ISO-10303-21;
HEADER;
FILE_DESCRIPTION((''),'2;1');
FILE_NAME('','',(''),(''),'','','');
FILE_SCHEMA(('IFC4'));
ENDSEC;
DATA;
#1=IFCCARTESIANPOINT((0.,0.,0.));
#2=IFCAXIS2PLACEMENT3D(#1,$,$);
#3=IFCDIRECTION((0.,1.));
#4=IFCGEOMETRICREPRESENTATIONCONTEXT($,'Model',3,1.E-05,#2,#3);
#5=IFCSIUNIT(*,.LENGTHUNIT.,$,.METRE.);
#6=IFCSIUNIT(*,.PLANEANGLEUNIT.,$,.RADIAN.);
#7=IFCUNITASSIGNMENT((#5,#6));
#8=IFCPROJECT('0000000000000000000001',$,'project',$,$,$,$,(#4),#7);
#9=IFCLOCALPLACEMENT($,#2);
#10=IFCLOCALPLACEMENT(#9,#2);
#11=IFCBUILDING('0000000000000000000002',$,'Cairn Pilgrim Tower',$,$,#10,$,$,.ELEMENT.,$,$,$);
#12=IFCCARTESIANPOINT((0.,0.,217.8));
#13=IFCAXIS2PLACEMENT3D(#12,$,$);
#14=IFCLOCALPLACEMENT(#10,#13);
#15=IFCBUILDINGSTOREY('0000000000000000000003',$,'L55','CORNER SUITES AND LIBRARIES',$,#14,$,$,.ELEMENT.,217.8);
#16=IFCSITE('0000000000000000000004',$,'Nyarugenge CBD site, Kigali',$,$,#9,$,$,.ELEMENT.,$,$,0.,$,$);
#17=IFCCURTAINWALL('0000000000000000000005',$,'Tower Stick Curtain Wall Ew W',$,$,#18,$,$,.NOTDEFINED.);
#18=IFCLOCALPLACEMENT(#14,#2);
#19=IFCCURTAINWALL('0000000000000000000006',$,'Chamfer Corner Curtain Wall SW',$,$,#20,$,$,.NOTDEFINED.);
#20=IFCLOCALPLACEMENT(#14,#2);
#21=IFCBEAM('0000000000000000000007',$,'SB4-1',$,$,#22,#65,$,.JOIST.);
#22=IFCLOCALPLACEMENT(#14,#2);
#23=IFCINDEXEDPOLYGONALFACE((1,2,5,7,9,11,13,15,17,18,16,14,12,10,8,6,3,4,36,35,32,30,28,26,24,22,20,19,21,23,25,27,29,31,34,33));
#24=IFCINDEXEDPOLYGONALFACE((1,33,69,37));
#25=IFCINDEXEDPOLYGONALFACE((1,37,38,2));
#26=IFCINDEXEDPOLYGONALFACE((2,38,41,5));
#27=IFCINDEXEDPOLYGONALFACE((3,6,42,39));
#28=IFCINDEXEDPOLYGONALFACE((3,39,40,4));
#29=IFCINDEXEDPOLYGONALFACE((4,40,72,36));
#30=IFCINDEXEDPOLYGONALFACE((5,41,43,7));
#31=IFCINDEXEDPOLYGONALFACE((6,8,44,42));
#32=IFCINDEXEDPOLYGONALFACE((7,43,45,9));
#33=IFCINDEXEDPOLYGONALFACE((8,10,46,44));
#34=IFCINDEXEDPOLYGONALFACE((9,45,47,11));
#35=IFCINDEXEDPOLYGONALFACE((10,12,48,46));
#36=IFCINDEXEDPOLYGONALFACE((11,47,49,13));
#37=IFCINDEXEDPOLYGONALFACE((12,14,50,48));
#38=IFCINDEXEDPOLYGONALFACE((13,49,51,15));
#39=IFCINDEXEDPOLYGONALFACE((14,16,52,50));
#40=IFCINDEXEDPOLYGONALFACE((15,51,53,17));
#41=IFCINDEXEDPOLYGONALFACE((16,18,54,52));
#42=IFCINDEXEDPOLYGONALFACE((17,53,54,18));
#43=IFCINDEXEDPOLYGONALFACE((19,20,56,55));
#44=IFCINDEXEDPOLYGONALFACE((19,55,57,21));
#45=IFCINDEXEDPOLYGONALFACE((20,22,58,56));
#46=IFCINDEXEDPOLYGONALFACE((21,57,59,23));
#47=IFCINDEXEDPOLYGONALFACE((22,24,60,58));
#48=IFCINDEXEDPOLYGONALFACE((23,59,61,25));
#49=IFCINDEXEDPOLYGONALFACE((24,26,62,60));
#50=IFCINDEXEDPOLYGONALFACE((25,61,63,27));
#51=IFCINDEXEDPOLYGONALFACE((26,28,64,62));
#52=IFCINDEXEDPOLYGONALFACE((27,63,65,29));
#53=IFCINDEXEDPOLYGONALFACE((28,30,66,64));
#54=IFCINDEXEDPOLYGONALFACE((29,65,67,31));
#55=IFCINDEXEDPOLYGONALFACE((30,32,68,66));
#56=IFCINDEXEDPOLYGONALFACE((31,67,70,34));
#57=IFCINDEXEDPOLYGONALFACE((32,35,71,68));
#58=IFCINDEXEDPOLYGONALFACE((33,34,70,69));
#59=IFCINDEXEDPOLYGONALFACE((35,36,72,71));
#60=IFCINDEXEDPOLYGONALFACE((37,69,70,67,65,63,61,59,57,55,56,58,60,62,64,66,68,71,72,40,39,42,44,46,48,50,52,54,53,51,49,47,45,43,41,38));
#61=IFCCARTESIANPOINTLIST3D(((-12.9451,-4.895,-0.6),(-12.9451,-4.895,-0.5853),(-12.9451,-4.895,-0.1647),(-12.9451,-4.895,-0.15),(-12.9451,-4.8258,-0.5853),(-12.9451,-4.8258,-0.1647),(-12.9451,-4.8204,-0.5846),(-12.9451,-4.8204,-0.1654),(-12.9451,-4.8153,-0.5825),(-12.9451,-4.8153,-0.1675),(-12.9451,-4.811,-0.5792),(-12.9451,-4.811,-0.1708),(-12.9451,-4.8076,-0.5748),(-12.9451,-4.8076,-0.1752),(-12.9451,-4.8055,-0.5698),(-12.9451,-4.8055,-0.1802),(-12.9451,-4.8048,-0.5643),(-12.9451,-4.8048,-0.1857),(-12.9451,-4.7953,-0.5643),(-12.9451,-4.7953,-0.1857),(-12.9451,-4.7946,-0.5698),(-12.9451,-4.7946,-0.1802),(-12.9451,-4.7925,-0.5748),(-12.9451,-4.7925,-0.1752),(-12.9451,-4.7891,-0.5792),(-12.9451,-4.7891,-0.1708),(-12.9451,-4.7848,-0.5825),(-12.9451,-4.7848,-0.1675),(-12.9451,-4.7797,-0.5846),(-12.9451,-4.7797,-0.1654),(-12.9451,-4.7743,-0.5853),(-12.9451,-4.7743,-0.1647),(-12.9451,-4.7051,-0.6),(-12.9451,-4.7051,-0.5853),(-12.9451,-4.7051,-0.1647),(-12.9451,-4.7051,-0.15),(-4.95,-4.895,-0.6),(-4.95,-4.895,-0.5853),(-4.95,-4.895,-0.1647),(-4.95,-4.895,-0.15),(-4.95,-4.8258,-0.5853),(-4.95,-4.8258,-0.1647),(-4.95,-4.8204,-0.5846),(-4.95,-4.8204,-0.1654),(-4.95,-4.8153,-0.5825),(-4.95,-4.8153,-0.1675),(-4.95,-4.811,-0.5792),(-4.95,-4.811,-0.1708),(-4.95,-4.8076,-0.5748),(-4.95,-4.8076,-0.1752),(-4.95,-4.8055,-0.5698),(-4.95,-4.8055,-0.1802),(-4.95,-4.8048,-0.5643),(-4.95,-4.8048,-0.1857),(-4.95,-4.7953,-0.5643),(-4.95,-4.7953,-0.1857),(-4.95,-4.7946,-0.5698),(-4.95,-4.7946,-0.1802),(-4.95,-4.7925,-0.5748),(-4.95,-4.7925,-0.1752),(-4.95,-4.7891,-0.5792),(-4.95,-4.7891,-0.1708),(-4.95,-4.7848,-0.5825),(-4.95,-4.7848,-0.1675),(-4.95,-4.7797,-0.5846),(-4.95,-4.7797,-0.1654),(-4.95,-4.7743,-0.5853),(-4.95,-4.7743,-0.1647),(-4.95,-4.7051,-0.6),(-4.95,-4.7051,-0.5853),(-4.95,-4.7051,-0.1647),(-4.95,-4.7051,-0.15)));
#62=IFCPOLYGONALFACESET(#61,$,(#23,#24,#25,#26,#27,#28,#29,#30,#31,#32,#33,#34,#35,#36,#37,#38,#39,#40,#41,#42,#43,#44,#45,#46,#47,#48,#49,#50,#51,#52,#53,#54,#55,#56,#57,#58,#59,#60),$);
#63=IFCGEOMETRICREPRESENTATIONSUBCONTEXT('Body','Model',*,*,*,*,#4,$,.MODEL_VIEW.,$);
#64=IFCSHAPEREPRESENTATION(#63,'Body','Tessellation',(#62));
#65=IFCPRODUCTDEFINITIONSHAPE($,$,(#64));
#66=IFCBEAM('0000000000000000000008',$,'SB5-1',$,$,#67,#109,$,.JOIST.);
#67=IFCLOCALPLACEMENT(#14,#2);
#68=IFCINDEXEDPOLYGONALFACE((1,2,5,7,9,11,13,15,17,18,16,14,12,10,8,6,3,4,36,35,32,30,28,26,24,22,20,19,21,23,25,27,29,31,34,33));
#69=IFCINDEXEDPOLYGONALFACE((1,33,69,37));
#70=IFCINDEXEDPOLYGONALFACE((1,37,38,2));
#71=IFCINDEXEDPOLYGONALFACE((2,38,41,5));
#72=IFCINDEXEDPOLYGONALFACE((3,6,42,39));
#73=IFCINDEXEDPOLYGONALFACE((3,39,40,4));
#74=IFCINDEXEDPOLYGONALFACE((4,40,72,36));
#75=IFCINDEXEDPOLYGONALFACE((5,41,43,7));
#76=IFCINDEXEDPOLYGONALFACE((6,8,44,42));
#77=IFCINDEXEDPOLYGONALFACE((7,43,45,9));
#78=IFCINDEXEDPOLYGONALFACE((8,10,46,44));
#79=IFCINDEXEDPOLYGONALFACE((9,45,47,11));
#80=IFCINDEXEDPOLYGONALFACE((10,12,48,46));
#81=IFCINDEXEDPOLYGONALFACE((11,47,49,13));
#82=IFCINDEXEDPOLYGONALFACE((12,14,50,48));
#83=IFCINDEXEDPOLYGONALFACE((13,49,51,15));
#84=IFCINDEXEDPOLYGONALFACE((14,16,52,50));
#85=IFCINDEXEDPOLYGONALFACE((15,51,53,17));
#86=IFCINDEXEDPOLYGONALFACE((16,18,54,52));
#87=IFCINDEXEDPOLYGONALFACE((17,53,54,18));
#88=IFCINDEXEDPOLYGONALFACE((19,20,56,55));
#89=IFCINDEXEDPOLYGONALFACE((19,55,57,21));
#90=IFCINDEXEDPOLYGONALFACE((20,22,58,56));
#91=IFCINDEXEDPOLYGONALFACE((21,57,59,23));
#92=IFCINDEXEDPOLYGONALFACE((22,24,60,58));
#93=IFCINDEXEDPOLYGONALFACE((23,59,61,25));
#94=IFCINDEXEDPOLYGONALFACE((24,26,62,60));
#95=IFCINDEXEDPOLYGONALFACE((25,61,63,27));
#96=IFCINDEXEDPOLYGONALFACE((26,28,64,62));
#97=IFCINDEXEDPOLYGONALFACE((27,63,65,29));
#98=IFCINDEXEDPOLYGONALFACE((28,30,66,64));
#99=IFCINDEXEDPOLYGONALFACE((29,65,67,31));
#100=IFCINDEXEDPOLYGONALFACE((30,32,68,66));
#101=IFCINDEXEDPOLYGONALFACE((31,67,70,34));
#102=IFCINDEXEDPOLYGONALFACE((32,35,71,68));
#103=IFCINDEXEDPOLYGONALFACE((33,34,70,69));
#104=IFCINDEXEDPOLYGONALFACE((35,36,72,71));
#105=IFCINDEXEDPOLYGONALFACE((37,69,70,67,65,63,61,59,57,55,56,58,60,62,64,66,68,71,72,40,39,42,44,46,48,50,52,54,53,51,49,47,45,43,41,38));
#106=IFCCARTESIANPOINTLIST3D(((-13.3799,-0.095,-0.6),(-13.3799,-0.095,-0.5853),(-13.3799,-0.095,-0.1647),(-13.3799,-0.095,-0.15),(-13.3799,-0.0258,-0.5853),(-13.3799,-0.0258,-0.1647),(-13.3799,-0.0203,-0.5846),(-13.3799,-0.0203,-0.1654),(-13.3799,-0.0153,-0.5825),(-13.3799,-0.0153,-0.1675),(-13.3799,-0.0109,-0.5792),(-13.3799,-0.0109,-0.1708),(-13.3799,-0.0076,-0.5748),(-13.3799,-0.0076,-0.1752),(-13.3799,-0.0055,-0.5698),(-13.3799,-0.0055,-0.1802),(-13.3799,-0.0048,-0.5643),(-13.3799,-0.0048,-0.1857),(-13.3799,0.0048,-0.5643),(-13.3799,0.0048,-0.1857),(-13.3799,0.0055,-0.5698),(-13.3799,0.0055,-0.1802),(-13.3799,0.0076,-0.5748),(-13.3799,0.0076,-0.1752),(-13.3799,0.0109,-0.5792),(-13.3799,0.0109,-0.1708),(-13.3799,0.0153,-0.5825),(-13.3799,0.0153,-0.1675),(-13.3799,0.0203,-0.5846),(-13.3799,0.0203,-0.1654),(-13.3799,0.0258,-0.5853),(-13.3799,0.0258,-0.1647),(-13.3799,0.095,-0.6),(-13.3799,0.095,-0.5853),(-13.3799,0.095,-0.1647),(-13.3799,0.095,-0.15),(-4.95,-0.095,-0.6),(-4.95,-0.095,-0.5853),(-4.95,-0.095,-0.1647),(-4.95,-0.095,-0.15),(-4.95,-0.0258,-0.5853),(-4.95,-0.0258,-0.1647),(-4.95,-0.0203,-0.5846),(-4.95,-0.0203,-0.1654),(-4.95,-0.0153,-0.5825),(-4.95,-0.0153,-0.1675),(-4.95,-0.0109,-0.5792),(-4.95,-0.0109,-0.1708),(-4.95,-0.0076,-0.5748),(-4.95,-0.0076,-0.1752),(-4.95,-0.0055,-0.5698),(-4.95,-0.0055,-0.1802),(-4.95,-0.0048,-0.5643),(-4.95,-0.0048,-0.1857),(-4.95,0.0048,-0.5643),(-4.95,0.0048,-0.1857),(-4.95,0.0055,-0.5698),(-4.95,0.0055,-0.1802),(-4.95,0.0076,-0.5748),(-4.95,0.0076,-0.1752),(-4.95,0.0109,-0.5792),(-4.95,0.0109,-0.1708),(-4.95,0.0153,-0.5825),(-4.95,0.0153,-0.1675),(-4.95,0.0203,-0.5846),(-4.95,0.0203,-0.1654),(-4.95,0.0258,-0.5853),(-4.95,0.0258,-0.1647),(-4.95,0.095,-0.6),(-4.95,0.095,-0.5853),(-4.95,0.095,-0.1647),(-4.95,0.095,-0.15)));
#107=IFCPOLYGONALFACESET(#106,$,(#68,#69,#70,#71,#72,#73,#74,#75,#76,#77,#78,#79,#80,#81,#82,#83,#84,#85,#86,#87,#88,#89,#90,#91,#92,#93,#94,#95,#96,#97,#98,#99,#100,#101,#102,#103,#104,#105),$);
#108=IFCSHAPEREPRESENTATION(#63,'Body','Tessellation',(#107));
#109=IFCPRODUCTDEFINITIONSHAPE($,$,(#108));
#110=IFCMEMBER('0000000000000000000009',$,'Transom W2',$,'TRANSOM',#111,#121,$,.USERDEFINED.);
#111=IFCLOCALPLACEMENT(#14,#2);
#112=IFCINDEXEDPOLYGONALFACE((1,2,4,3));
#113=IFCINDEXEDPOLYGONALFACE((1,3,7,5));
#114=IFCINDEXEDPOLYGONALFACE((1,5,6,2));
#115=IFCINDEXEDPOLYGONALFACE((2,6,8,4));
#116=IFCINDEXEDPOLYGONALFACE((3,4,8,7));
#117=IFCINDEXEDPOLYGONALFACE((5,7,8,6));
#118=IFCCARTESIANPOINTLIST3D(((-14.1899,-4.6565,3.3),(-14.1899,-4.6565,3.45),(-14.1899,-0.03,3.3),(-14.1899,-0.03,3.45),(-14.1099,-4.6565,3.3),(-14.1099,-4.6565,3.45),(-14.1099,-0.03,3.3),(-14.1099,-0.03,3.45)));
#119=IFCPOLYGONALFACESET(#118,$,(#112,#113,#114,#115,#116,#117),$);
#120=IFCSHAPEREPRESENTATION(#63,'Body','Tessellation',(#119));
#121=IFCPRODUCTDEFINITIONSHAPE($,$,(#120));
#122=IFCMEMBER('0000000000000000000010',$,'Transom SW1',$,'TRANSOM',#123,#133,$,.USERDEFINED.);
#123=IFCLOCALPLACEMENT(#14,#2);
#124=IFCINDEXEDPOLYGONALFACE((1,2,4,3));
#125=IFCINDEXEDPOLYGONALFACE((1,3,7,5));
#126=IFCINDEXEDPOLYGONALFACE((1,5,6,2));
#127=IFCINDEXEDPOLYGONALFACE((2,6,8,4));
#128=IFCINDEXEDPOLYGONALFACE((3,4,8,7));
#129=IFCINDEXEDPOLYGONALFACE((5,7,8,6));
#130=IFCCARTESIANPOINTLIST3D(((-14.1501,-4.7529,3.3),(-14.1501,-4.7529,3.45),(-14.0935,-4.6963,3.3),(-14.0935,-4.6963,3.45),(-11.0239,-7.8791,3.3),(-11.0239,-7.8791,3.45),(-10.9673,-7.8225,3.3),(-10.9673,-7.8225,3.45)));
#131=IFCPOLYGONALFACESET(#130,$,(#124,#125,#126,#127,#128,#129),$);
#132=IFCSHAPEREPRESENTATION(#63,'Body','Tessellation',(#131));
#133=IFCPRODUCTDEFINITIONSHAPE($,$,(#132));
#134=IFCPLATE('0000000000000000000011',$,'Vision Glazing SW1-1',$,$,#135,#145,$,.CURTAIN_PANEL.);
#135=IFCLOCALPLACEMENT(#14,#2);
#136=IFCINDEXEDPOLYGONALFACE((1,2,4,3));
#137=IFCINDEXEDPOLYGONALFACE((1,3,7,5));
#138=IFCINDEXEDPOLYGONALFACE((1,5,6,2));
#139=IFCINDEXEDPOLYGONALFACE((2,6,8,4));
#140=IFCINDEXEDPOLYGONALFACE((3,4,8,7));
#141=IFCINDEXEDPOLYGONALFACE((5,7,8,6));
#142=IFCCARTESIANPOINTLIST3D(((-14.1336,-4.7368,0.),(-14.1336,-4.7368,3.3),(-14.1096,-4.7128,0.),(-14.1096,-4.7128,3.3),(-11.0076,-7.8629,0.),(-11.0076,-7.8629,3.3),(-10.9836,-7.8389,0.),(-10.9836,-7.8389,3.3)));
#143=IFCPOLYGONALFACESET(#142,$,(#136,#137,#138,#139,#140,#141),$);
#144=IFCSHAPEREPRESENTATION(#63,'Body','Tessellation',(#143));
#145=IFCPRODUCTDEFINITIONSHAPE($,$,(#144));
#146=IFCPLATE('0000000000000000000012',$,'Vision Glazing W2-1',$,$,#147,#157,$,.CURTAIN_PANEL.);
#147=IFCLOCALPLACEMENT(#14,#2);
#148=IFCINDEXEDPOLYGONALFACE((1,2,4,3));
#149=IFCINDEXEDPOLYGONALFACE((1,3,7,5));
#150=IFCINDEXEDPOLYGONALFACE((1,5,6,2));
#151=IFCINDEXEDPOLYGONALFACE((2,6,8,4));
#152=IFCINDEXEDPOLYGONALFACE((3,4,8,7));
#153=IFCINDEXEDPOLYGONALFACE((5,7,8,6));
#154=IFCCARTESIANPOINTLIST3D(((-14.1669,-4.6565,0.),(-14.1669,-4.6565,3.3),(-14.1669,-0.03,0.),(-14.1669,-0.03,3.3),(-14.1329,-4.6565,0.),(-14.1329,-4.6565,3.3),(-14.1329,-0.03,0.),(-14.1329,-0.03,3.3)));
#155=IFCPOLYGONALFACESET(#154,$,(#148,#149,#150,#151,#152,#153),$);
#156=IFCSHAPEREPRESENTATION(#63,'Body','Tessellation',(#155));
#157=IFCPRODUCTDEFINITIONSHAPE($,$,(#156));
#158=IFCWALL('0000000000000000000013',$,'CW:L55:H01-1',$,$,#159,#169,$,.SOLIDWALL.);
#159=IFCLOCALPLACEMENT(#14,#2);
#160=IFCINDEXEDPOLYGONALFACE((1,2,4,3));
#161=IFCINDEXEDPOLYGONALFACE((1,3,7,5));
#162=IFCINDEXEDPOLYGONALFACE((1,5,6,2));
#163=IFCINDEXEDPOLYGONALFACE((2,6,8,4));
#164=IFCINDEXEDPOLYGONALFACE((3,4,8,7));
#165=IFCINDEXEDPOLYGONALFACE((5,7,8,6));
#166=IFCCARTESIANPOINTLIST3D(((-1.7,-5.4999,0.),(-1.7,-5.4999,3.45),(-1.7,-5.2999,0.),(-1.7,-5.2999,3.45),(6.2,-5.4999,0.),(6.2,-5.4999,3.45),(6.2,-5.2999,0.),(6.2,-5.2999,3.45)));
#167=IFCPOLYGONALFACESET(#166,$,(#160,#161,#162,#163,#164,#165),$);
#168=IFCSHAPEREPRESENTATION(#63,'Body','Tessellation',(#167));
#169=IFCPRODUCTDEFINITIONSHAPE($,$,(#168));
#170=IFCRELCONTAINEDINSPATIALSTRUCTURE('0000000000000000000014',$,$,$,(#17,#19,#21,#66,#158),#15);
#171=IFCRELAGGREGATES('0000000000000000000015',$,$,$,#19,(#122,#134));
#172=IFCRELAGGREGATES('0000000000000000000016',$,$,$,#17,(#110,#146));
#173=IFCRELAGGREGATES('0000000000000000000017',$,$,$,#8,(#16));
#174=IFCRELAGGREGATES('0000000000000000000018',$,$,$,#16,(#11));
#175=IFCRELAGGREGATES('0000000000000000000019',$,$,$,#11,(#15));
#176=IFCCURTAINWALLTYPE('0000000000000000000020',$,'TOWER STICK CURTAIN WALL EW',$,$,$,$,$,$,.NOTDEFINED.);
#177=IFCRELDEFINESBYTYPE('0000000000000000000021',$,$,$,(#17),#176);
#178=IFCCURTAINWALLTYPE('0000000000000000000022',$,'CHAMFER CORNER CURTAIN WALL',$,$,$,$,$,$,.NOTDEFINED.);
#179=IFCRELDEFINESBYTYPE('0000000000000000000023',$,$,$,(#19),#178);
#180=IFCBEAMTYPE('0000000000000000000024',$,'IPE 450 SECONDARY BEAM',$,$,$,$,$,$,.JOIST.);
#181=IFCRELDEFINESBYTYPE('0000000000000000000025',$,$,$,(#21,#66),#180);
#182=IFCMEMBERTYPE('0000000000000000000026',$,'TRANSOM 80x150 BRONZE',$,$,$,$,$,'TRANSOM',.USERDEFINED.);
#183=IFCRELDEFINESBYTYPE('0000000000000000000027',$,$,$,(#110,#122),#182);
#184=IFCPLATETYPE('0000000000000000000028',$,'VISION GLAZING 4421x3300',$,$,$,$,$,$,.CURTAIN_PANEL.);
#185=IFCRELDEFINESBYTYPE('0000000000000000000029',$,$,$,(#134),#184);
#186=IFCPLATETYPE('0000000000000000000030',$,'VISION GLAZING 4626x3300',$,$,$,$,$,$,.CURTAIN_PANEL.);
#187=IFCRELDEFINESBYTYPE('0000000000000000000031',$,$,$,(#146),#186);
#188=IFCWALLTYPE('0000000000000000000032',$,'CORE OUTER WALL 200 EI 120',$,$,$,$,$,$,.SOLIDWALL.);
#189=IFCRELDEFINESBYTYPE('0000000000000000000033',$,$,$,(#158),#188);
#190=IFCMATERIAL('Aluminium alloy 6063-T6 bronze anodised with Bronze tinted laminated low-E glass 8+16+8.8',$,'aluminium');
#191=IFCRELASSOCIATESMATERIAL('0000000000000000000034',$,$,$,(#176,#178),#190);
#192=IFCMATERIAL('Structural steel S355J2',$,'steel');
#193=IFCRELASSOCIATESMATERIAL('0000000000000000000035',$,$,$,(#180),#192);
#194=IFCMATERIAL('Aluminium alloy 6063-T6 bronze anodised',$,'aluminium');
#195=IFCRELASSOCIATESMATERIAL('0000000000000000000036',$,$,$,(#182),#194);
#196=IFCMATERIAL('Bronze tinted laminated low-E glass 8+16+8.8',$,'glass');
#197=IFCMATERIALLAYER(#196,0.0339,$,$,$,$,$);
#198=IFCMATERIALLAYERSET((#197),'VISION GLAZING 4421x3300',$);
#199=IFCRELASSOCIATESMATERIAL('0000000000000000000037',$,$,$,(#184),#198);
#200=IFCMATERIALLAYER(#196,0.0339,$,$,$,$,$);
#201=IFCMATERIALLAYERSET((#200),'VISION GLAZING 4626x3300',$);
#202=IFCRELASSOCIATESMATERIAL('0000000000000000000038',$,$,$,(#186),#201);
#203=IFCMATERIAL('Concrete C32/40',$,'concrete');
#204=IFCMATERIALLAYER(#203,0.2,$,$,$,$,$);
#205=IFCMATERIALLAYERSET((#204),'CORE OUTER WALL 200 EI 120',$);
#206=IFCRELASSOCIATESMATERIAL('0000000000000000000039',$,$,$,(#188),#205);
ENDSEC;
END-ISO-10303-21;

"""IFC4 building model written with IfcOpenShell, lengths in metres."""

from ifc_helpers import new_model, si_unit, direction, frame, frame_2d, origin, origin_2d, place, context, subcontext, project, spatial, rectangle, i_section, extrude, material, layer, layer_set, material_profile, profile_set, type_object, element, aggregate, save


model = new_model("IFC4")

# Units and contexts
model_context = context("Model", 3, precision=1e-05, world=origin(), true_north=direction((0.0, 1.0)))
body_context = subcontext(model_context, "Body", "Model", "MODEL_VIEW")
ifc_project = project(units=[si_unit("LENGTHUNIT", "METRE"), si_unit("PLANEANGLEUNIT", "RADIAN")], contexts=[model_context])

# Site, building, storey
site_placement = place(None, origin())
site = spatial("IfcSite", under=ifc_project, at=site_placement, Name="Nyarugenge CBD site, Kigali", CompositionType="ELEMENT", RefElevation=0.0)
building_placement = place(site_placement, origin())
building = spatial("IfcBuilding", under=site, at=building_placement, Name="Cairn Pilgrim Tower", CompositionType="ELEMENT")
storey_placement = place(building_placement, frame((0.0, 0.0, 217.8)))
storey = spatial("IfcBuildingStorey", under=building, at=storey_placement, Name="L55", Description="CORNER SUITES AND LIBRARIES", CompositionType="ELEMENT", Elevation=217.8)

# Curtain wall
ifc_material_1 = material(Name="Aluminium alloy 6063-T6 bronze anodised with Bronze tinted laminated low-E glass 8+16+8.8", Category="aluminium")
curtain_wall_type_1 = type_object("IfcCurtainWallType", Name="TOWER STICK CURTAIN WALL EW", PredefinedType="NOTDEFINED", material=ifc_material_1)
curtain_wall_1_placement = place(storey_placement, origin())
curtain_wall_1 = element("IfcCurtainWall", 1, at=curtain_wall_1_placement, inside=storey, type_object=curtain_wall_type_1, Name="Tower Stick Curtain Wall Ew W", PredefinedType="NOTDEFINED")
ifc_material_2 = material(Name="Aluminium alloy 6063-T6 bronze anodised", Category="aluminium")

# Curtain wall
curtain_wall_type_2 = type_object("IfcCurtainWallType", Name="CHAMFER CORNER CURTAIN WALL", PredefinedType="NOTDEFINED", material=ifc_material_1)
curtain_wall_2_placement = place(storey_placement, origin())
curtain_wall_2 = element("IfcCurtainWall", 2, at=curtain_wall_2_placement, inside=storey, type_object=curtain_wall_type_2, Name="Chamfer Corner Curtain Wall SW", PredefinedType="NOTDEFINED")

# Shared definitions
ifc_material_3 = material(Name="Structural steel S355J2", Category="steel")

# Beams
ifc_material_profile_1 = material_profile(ifc_material_3, i_section(OverallWidth=0.1899, OverallDepth=0.45, WebThickness=0.0095, FlangeThickness=0.0146, FilletRadius=0.021, at=origin_2d()), Name="IPE 450")
ifc_profile_set_1 = profile_set([ifc_material_profile_1], Name="Structural steel S355J2")
beam_type_1 = type_object("IfcBeamType", Name="IPE 450 SECONDARY BEAM", PredefinedType="JOIST", material=ifc_profile_set_1)
beam_1_placement = place(storey_placement, frame((-12.9451, -4.8, -0.375), z_axis=(1.0, 0.0, 0.0), x_axis=(0.0, 1.0, 0.0)))
element("IfcBeam", 3, at=beam_1_placement, inside=storey, type_object=beam_type_1, Name="SB4-1", PredefinedType="JOIST", context=body_context, shape_type="SweptSolid", body=[
    extrude(i_section(OverallWidth=0.1899, OverallDepth=0.45, WebThickness=0.0095, FlangeThickness=0.0146, FilletRadius=0.021, at=origin_2d()), origin(), (0.0, 0.0, 1.0), 7.9951),
])
beam_2_placement = place(storey_placement, frame((-13.3799, 0.0, -0.375), z_axis=(1.0, 0.0, 0.0), x_axis=(0.0, 1.0, 0.0)))
element("IfcBeam", 4, at=beam_2_placement, inside=storey, type_object=beam_type_1, Name="SB5-1", PredefinedType="JOIST", context=body_context, shape_type="SweptSolid", body=[
    extrude(i_section(OverallWidth=0.1899, OverallDepth=0.45, WebThickness=0.0095, FlangeThickness=0.0146, FilletRadius=0.021, at=origin_2d()), origin(), (0.0, 0.0, 1.0), 8.4299),
])

# Members
ifc_material_profile_2 = material_profile(ifc_material_2, rectangle(XDim=0.0801, YDim=0.1499, at=origin_2d()), Name="TRANSOM 80x150 BRONZE")
ifc_profile_set_2 = profile_set([ifc_material_profile_2], Name="Aluminium alloy 6063-T6 bronze anodised")
member_type_1 = type_object("IfcMemberType", Name="TRANSOM 80x150 BRONZE", ElementType="TRANSOM", PredefinedType="USERDEFINED", material=ifc_profile_set_2)
member_1_placement = place(storey_placement, frame((-14.1499, -0.03, 3.375), z_axis=(0.0, -1.0, 0.0), x_axis=(1.0, 0.0, 0.0)))
member_1 = element("IfcMember", 5, at=member_1_placement, type_object=member_type_1, Name="Transom W2", ObjectType="TRANSOM", PredefinedType="USERDEFINED", context=body_context, shape_type="SweptSolid", body=[
    extrude(rectangle(XDim=0.0801, YDim=0.1499, at=origin_2d()), origin(), (0.0, 0.0, 1.0), 4.6265),
])
member_2_placement = place(storey_placement, frame((-14.1218, -4.7246, 3.375), z_axis=(0.707107, -0.707107, 0.0), x_axis=(0.707107, 0.707107, 0.0)))
member_2 = element("IfcMember", 6, at=member_2_placement, type_object=member_type_1, Name="Transom SW1", ObjectType="TRANSOM", PredefinedType="USERDEFINED", context=body_context, shape_type="SweptSolid", body=[
    extrude(rectangle(XDim=0.0801, YDim=0.1499, at=origin_2d()), origin(), (0.0, 0.0, 1.0), 4.4211),
])

# Plates
ifc_material_4 = material(Name="Bronze tinted laminated low-E glass 8+16+8.8", Category="glass")
ifc_layer_1 = layer(ifc_material_4, 0.0339)
ifc_layer_set_1 = layer_set([ifc_layer_1], Name="VISION GLAZING 4421x3300")
plate_type_1 = type_object("IfcPlateType", Name="VISION GLAZING 4421x3300", PredefinedType="CURTAIN_PANEL", material=ifc_layer_set_1)
plate_1_placement = place(storey_placement, frame((-12.5586, -6.2878, 0.0), z_axis=(0.0, 0.0, 1.0), x_axis=(0.707107, -0.707107, 0.0)))
plate_1 = element("IfcPlate", 7, at=plate_1_placement, type_object=plate_type_1, Name="Vision Glazing SW1-1", PredefinedType="CURTAIN_PANEL", context=body_context, shape_type="SweptSolid", body=[
    extrude(rectangle(XDim=4.4209, YDim=0.0339, at=origin_2d()), origin(), (0.0, 0.0, 1.0), 3.3),
])
aggregate(curtain_wall_2, [member_2, plate_1])
ifc_layer_2 = layer(ifc_material_4, 0.0339)
ifc_layer_set_2 = layer_set([ifc_layer_2], Name="VISION GLAZING 4626x3300")
plate_type_2 = type_object("IfcPlateType", Name="VISION GLAZING 4626x3300", PredefinedType="CURTAIN_PANEL", material=ifc_layer_set_2)
plate_2_placement = place(storey_placement, frame((-14.1499, -2.3433, 0.0), z_axis=(0.0, 0.0, 1.0), x_axis=(0.0, -1.0, 0.0)))
plate_2 = element("IfcPlate", 8, at=plate_2_placement, type_object=plate_type_2, Name="Vision Glazing W2-1", PredefinedType="CURTAIN_PANEL", context=body_context, shape_type="SweptSolid", body=[
    extrude(rectangle(XDim=4.6265, YDim=0.0339, at=origin_2d()), origin(), (0.0, 0.0, 1.0), 3.3),
])
aggregate(curtain_wall_1, [member_1, plate_2])

# Wall
ifc_material_5 = material(Name="Concrete C32/40", Category="concrete")
ifc_layer_3 = layer(ifc_material_5, 0.2)
ifc_layer_set_3 = layer_set([ifc_layer_3], Name="CORE OUTER WALL 200 EI 120")
wall_type_1 = type_object("IfcWallType", Name="CORE OUTER WALL 200 EI 120", PredefinedType="SOLIDWALL", material=ifc_layer_set_3)
wall_1_placement = place(storey_placement, frame((-1.7, -5.3999, 0.0), z_axis=(0.0, 0.0, 1.0), x_axis=(1.0, 0.0, 0.0)))
element("IfcWall", 9, at=wall_1_placement, inside=storey, type_object=wall_type_1, Name="CW:L55:H01-1", PredefinedType="SOLIDWALL", context=body_context, shape_type="SweptSolid", body=[
    extrude(rectangle(XDim=7.8999, YDim=0.2, at=frame_2d((3.95, 0.0))), origin(), (0.0, 0.0, 1.0), 3.45),
])

save(model, "model.ifc")
